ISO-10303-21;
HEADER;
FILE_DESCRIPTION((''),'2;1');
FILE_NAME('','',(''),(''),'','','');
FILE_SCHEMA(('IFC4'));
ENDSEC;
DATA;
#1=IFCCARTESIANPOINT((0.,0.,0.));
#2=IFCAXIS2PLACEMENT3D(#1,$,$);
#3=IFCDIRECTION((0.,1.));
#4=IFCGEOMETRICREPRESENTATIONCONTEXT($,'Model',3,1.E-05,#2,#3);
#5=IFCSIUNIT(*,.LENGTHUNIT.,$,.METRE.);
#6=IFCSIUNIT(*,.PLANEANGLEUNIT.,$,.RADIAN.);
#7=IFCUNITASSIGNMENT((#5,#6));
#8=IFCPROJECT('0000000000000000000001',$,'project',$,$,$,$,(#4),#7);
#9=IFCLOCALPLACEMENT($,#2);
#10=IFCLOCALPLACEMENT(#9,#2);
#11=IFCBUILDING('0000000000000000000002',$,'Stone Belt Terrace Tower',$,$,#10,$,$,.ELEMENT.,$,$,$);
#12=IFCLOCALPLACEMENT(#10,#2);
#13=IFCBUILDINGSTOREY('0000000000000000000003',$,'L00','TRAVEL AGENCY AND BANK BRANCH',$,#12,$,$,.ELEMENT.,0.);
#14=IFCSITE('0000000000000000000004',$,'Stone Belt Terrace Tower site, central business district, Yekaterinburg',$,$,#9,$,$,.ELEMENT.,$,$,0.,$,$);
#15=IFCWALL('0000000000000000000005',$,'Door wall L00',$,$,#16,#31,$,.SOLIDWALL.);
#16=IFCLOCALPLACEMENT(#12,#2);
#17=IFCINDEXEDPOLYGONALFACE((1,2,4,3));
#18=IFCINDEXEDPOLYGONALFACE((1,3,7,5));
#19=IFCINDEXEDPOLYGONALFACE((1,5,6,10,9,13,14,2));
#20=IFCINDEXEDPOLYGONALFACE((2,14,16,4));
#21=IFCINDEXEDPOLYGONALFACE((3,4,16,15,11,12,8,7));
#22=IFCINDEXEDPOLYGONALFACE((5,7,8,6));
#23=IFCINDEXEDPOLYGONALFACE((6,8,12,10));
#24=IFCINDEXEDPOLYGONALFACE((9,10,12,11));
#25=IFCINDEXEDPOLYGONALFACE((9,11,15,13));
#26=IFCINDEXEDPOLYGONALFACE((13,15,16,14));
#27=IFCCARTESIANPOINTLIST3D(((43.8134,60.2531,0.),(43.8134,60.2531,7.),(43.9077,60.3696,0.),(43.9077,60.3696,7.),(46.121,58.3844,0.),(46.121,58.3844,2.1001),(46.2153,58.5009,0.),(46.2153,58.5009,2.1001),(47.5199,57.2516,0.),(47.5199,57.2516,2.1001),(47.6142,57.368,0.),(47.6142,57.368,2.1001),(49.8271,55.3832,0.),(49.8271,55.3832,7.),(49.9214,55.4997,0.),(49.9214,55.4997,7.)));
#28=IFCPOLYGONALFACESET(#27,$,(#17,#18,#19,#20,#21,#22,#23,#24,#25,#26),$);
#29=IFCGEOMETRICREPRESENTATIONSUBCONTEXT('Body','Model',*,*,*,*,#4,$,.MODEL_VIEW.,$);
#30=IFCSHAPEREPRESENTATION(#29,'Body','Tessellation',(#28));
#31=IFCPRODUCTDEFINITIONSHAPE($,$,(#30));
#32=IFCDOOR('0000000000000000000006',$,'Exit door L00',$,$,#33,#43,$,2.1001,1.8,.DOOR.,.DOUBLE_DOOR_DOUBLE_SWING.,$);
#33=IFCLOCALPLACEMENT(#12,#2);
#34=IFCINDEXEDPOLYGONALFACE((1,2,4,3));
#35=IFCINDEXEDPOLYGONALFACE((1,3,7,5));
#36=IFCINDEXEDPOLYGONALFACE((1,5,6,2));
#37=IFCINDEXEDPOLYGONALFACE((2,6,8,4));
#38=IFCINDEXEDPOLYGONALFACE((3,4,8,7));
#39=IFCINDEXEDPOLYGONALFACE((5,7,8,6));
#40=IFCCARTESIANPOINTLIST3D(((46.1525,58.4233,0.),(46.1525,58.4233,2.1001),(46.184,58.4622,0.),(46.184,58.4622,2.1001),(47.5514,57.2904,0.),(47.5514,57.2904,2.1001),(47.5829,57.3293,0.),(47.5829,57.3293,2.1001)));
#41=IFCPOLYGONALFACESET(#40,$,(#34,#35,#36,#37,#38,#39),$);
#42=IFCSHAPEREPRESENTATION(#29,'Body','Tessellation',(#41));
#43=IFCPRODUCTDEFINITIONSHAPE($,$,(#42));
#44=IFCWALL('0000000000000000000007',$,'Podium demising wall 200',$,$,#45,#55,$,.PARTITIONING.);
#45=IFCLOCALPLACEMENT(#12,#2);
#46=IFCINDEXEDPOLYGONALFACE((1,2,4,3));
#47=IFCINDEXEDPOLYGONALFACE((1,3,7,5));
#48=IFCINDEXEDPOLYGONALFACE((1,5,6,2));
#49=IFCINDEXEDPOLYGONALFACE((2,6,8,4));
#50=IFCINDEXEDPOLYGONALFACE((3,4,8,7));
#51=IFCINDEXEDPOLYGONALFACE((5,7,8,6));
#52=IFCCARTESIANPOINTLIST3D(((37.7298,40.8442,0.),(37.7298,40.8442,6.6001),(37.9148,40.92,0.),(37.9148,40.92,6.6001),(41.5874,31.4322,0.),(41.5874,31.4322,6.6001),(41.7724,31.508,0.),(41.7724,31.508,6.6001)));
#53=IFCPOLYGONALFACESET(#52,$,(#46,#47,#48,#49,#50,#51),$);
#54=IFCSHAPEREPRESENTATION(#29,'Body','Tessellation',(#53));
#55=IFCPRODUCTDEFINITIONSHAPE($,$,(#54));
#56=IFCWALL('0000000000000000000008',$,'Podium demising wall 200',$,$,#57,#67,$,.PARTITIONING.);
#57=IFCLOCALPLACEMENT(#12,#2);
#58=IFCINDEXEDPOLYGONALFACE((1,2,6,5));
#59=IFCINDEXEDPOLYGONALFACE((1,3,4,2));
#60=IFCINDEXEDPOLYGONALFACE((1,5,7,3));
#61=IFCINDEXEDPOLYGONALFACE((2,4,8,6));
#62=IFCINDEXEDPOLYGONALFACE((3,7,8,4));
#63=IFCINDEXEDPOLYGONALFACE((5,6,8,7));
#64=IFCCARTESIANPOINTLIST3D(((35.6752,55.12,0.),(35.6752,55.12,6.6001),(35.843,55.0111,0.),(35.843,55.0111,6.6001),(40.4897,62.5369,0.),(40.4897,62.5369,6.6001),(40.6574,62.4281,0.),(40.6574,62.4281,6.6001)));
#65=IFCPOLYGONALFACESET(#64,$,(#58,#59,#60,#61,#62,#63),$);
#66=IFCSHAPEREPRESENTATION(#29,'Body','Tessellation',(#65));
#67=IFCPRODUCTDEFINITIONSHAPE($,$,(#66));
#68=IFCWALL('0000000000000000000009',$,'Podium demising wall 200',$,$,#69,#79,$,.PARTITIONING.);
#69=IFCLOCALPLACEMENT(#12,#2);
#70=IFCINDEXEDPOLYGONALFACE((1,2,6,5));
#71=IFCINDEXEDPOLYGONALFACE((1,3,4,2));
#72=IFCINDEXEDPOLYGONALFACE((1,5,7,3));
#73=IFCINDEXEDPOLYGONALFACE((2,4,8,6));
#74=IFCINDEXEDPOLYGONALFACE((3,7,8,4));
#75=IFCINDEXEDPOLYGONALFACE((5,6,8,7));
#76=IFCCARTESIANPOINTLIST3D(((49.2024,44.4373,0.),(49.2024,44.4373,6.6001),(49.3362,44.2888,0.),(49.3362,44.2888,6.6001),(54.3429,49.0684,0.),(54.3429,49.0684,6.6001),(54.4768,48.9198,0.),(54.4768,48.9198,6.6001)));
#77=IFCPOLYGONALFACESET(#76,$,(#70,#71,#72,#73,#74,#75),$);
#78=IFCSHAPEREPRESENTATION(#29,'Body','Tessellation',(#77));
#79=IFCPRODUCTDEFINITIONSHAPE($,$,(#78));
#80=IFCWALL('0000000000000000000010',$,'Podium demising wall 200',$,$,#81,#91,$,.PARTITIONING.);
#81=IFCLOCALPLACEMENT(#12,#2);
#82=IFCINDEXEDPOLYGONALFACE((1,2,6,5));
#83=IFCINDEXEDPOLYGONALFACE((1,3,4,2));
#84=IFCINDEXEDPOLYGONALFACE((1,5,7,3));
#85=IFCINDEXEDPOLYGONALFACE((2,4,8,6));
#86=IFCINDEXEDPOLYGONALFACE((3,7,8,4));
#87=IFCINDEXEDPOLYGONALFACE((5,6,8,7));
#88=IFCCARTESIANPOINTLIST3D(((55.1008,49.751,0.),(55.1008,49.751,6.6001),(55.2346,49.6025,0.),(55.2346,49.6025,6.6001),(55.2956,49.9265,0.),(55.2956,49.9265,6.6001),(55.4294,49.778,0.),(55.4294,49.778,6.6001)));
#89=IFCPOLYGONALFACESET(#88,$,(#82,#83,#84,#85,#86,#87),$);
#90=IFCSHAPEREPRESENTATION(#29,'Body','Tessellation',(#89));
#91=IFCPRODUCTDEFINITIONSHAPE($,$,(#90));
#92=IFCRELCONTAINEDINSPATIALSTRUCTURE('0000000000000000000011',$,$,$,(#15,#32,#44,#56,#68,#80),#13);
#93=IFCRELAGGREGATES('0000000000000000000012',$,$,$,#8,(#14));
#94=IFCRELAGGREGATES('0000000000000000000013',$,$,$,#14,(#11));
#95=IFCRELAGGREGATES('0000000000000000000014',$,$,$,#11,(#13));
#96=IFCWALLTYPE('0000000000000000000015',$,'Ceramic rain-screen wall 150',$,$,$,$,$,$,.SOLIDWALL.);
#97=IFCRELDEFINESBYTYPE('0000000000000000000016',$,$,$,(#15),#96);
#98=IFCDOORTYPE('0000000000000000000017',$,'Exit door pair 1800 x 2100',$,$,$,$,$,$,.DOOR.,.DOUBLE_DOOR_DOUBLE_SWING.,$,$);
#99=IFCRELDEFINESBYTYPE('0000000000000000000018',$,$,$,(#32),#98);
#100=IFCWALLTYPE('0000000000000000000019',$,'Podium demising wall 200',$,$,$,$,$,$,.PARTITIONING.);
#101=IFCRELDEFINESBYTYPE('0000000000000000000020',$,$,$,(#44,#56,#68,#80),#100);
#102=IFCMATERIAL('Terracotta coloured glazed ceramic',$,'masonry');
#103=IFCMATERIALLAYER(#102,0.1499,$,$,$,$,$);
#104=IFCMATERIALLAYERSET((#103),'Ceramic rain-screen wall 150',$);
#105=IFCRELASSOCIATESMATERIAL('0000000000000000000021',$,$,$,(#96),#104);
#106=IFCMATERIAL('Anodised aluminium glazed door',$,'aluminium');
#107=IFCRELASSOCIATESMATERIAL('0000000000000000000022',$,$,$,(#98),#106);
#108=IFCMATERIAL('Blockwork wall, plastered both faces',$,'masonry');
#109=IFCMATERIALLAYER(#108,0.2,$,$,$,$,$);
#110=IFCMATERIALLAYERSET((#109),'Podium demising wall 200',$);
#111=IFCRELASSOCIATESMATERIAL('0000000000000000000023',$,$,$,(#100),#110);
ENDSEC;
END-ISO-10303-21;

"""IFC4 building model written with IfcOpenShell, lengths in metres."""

from ifc_helpers import new_model, si_unit, direction, frame, frame_2d, origin, place, context, subcontext, project, spatial, rectangle, extrude, material, layer, layer_set, type_object, element, fill, save


model = new_model("IFC4")

# Units and contexts
model_context = context("Model", 3, precision=1e-05, world=origin(), true_north=direction((0.0, 1.0)))
body_context = subcontext(model_context, "Body", "Model", "MODEL_VIEW")
ifc_project = project(units=[si_unit("LENGTHUNIT", "METRE"), si_unit("PLANEANGLEUNIT", "RADIAN")], contexts=[model_context])

# Site, building, storey
site_placement = place(None, origin())
site = spatial("IfcSite", under=ifc_project, at=site_placement, Name="Stone Belt Terrace Tower site, central business district, Yekaterinburg", CompositionType="ELEMENT", RefElevation=0.0)
building_placement = place(site_placement, origin())
building = spatial("IfcBuilding", under=site, at=building_placement, Name="Stone Belt Terrace Tower", CompositionType="ELEMENT")
storey_placement = place(building_placement, origin())
storey = spatial("IfcBuildingStorey", under=building, at=storey_placement, Name="L00", Description="TRAVEL AGENCY AND BANK BRANCH", CompositionType="ELEMENT", Elevation=0.0)

# Wall, opening, door
ifc_material_1 = material(Name="Terracotta coloured glazed ceramic", Category="masonry")
ifc_layer_1 = layer(ifc_material_1, 0.1499)
ifc_layer_set_1 = layer_set([ifc_layer_1], Name="Ceramic rain-screen wall 150")
wall_type_1 = type_object("IfcWallType", Name="Ceramic rain-screen wall 150", PredefinedType="SOLIDWALL", material=ifc_layer_set_1)
ifc_material_2 = material(Name="Anodised aluminium glazed door", Category="aluminium")
door_type = type_object("IfcDoorType", Name="Exit door pair 1800 x 2100", OperationType="DOUBLE_DOOR_DOUBLE_SWING", PredefinedType="DOOR", material=ifc_material_2)
wall_1_placement = place(storey_placement, frame((49.8743, 55.4414, 0.0), z_axis=(0.0, 0.0, 1.0), x_axis=(-0.77714, 0.629328, 0.0)))
wall_1 = element("IfcWall", 1, at=wall_1_placement, inside=storey, type_object=wall_type_1, Name="Door wall L00", PredefinedType="SOLIDWALL", context=body_context, shape_type="SweptSolid", body=[
    extrude(rectangle(XDim=7.7383, YDim=0.1499, at=frame_2d((3.8691, 0.0))), origin(), (0.0, 0.0, 1.0), 7.0),
])
opening_1_placement = place(wall_1_placement, frame((2.969, 0.0, 0.0)))
opening_1 = element("IfcOpeningElement", 2, at=opening_1_placement, cuts=wall_1, PredefinedType="OPENING", context=body_context, shape_type="SweptSolid", body=[
    extrude(rectangle(XDim=1.8, YDim=2.1001, at=frame_2d((0.8999, 1.05))), frame((0.0, 0.085, 0.0), z_axis=(0.0, -1.0, 0.0), x_axis=(1.0, 0.0, 0.0)), (0.0, 0.0, 1.0), 0.1699),
])
door_1_placement = place(opening_1_placement, origin())
door_1 = element("IfcDoor", 3, at=door_1_placement, inside=storey, type_object=door_type, Name="Exit door L00", OperationType="DOUBLE_DOOR_DOUBLE_SWING", OverallHeight=2.1001, OverallWidth=1.8, PredefinedType="DOOR", context=body_context, shape_type="SweptSolid", body=[
    extrude(rectangle(XDim=1.8, YDim=2.1001, at=frame_2d((0.8999, 1.05))), frame((0.0, 0.0249, 0.0), z_axis=(0.0, -1.0, 0.0), x_axis=(1.0, 0.0, 0.0)), (0.0, 0.0, 1.0), 0.05),
])
fill(opening_1, door_1)

# Walls
ifc_material_3 = material(Name="Blockwork wall, plastered both faces", Category="masonry")
ifc_layer_2 = layer(ifc_material_3, 0.2)
ifc_layer_set_2 = layer_set([ifc_layer_2], Name="Podium demising wall 200")
wall_type_2 = type_object("IfcWallType", Name="Podium demising wall 200", PredefinedType="PARTITIONING", material=ifc_layer_set_2)
wall_2_placement = place(storey_placement, frame((37.8223, 40.8821, 0.0), z_axis=(0.0, 0.0, 1.0), x_axis=(0.379244, -0.925297, 0.0)))
element("IfcWall", 4, at=wall_2_placement, inside=storey, type_object=wall_type_2, Name="Podium demising wall 200", PredefinedType="PARTITIONING", context=body_context, shape_type="SweptSolid", body=[
    extrude(rectangle(XDim=10.1719, YDim=0.2, at=frame_2d((5.0859, 0.0))), origin(), (0.0, 0.0, 1.0), 6.6001),
])
wall_3_placement = place(storey_placement, frame((35.759, 55.0654, 0.0), z_axis=(0.0, 0.0, 1.0), x_axis=(0.544464, 0.838784, 0.0)))
element("IfcWall", 5, at=wall_3_placement, inside=storey, type_object=wall_type_2, Name="Podium demising wall 200", PredefinedType="PARTITIONING", context=body_context, shape_type="SweptSolid", body=[
    extrude(rectangle(XDim=8.8425, YDim=0.2, at=frame_2d((4.4214, 0.0))), origin(), (0.0, 0.0, 1.0), 6.6001),
])
wall_4_placement = place(storey_placement, frame((49.2693, 44.363, 0.0), z_axis=(0.0, 0.0, 1.0), x_axis=(0.742968, 0.669327, 0.0)))
element("IfcWall", 6, at=wall_4_placement, inside=storey, type_object=wall_type_2, Name="Podium demising wall 200", PredefinedType="PARTITIONING", context=body_context, shape_type="SweptSolid", body=[
    extrude(rectangle(XDim=6.9189, YDim=0.2, at=frame_2d((3.4595, 0.0))), origin(), (0.0, 0.0, 1.0), 6.6001),
])
wall_5_placement = place(storey_placement, frame((55.1677, 49.6768, 0.0), z_axis=(0.0, 0.0, 1.0), x_axis=(0.742924, 0.669376, 0.0)))
element("IfcWall", 7, at=wall_5_placement, inside=storey, type_object=wall_type_2, Name="Podium demising wall 200", PredefinedType="PARTITIONING", context=body_context, shape_type="SweptSolid", body=[
    extrude(rectangle(XDim=0.2622, YDim=0.2, at=frame_2d((0.1311, 0.0))), origin(), (0.0, 0.0, 1.0), 6.6001),
])

save(model, "model.ifc")
